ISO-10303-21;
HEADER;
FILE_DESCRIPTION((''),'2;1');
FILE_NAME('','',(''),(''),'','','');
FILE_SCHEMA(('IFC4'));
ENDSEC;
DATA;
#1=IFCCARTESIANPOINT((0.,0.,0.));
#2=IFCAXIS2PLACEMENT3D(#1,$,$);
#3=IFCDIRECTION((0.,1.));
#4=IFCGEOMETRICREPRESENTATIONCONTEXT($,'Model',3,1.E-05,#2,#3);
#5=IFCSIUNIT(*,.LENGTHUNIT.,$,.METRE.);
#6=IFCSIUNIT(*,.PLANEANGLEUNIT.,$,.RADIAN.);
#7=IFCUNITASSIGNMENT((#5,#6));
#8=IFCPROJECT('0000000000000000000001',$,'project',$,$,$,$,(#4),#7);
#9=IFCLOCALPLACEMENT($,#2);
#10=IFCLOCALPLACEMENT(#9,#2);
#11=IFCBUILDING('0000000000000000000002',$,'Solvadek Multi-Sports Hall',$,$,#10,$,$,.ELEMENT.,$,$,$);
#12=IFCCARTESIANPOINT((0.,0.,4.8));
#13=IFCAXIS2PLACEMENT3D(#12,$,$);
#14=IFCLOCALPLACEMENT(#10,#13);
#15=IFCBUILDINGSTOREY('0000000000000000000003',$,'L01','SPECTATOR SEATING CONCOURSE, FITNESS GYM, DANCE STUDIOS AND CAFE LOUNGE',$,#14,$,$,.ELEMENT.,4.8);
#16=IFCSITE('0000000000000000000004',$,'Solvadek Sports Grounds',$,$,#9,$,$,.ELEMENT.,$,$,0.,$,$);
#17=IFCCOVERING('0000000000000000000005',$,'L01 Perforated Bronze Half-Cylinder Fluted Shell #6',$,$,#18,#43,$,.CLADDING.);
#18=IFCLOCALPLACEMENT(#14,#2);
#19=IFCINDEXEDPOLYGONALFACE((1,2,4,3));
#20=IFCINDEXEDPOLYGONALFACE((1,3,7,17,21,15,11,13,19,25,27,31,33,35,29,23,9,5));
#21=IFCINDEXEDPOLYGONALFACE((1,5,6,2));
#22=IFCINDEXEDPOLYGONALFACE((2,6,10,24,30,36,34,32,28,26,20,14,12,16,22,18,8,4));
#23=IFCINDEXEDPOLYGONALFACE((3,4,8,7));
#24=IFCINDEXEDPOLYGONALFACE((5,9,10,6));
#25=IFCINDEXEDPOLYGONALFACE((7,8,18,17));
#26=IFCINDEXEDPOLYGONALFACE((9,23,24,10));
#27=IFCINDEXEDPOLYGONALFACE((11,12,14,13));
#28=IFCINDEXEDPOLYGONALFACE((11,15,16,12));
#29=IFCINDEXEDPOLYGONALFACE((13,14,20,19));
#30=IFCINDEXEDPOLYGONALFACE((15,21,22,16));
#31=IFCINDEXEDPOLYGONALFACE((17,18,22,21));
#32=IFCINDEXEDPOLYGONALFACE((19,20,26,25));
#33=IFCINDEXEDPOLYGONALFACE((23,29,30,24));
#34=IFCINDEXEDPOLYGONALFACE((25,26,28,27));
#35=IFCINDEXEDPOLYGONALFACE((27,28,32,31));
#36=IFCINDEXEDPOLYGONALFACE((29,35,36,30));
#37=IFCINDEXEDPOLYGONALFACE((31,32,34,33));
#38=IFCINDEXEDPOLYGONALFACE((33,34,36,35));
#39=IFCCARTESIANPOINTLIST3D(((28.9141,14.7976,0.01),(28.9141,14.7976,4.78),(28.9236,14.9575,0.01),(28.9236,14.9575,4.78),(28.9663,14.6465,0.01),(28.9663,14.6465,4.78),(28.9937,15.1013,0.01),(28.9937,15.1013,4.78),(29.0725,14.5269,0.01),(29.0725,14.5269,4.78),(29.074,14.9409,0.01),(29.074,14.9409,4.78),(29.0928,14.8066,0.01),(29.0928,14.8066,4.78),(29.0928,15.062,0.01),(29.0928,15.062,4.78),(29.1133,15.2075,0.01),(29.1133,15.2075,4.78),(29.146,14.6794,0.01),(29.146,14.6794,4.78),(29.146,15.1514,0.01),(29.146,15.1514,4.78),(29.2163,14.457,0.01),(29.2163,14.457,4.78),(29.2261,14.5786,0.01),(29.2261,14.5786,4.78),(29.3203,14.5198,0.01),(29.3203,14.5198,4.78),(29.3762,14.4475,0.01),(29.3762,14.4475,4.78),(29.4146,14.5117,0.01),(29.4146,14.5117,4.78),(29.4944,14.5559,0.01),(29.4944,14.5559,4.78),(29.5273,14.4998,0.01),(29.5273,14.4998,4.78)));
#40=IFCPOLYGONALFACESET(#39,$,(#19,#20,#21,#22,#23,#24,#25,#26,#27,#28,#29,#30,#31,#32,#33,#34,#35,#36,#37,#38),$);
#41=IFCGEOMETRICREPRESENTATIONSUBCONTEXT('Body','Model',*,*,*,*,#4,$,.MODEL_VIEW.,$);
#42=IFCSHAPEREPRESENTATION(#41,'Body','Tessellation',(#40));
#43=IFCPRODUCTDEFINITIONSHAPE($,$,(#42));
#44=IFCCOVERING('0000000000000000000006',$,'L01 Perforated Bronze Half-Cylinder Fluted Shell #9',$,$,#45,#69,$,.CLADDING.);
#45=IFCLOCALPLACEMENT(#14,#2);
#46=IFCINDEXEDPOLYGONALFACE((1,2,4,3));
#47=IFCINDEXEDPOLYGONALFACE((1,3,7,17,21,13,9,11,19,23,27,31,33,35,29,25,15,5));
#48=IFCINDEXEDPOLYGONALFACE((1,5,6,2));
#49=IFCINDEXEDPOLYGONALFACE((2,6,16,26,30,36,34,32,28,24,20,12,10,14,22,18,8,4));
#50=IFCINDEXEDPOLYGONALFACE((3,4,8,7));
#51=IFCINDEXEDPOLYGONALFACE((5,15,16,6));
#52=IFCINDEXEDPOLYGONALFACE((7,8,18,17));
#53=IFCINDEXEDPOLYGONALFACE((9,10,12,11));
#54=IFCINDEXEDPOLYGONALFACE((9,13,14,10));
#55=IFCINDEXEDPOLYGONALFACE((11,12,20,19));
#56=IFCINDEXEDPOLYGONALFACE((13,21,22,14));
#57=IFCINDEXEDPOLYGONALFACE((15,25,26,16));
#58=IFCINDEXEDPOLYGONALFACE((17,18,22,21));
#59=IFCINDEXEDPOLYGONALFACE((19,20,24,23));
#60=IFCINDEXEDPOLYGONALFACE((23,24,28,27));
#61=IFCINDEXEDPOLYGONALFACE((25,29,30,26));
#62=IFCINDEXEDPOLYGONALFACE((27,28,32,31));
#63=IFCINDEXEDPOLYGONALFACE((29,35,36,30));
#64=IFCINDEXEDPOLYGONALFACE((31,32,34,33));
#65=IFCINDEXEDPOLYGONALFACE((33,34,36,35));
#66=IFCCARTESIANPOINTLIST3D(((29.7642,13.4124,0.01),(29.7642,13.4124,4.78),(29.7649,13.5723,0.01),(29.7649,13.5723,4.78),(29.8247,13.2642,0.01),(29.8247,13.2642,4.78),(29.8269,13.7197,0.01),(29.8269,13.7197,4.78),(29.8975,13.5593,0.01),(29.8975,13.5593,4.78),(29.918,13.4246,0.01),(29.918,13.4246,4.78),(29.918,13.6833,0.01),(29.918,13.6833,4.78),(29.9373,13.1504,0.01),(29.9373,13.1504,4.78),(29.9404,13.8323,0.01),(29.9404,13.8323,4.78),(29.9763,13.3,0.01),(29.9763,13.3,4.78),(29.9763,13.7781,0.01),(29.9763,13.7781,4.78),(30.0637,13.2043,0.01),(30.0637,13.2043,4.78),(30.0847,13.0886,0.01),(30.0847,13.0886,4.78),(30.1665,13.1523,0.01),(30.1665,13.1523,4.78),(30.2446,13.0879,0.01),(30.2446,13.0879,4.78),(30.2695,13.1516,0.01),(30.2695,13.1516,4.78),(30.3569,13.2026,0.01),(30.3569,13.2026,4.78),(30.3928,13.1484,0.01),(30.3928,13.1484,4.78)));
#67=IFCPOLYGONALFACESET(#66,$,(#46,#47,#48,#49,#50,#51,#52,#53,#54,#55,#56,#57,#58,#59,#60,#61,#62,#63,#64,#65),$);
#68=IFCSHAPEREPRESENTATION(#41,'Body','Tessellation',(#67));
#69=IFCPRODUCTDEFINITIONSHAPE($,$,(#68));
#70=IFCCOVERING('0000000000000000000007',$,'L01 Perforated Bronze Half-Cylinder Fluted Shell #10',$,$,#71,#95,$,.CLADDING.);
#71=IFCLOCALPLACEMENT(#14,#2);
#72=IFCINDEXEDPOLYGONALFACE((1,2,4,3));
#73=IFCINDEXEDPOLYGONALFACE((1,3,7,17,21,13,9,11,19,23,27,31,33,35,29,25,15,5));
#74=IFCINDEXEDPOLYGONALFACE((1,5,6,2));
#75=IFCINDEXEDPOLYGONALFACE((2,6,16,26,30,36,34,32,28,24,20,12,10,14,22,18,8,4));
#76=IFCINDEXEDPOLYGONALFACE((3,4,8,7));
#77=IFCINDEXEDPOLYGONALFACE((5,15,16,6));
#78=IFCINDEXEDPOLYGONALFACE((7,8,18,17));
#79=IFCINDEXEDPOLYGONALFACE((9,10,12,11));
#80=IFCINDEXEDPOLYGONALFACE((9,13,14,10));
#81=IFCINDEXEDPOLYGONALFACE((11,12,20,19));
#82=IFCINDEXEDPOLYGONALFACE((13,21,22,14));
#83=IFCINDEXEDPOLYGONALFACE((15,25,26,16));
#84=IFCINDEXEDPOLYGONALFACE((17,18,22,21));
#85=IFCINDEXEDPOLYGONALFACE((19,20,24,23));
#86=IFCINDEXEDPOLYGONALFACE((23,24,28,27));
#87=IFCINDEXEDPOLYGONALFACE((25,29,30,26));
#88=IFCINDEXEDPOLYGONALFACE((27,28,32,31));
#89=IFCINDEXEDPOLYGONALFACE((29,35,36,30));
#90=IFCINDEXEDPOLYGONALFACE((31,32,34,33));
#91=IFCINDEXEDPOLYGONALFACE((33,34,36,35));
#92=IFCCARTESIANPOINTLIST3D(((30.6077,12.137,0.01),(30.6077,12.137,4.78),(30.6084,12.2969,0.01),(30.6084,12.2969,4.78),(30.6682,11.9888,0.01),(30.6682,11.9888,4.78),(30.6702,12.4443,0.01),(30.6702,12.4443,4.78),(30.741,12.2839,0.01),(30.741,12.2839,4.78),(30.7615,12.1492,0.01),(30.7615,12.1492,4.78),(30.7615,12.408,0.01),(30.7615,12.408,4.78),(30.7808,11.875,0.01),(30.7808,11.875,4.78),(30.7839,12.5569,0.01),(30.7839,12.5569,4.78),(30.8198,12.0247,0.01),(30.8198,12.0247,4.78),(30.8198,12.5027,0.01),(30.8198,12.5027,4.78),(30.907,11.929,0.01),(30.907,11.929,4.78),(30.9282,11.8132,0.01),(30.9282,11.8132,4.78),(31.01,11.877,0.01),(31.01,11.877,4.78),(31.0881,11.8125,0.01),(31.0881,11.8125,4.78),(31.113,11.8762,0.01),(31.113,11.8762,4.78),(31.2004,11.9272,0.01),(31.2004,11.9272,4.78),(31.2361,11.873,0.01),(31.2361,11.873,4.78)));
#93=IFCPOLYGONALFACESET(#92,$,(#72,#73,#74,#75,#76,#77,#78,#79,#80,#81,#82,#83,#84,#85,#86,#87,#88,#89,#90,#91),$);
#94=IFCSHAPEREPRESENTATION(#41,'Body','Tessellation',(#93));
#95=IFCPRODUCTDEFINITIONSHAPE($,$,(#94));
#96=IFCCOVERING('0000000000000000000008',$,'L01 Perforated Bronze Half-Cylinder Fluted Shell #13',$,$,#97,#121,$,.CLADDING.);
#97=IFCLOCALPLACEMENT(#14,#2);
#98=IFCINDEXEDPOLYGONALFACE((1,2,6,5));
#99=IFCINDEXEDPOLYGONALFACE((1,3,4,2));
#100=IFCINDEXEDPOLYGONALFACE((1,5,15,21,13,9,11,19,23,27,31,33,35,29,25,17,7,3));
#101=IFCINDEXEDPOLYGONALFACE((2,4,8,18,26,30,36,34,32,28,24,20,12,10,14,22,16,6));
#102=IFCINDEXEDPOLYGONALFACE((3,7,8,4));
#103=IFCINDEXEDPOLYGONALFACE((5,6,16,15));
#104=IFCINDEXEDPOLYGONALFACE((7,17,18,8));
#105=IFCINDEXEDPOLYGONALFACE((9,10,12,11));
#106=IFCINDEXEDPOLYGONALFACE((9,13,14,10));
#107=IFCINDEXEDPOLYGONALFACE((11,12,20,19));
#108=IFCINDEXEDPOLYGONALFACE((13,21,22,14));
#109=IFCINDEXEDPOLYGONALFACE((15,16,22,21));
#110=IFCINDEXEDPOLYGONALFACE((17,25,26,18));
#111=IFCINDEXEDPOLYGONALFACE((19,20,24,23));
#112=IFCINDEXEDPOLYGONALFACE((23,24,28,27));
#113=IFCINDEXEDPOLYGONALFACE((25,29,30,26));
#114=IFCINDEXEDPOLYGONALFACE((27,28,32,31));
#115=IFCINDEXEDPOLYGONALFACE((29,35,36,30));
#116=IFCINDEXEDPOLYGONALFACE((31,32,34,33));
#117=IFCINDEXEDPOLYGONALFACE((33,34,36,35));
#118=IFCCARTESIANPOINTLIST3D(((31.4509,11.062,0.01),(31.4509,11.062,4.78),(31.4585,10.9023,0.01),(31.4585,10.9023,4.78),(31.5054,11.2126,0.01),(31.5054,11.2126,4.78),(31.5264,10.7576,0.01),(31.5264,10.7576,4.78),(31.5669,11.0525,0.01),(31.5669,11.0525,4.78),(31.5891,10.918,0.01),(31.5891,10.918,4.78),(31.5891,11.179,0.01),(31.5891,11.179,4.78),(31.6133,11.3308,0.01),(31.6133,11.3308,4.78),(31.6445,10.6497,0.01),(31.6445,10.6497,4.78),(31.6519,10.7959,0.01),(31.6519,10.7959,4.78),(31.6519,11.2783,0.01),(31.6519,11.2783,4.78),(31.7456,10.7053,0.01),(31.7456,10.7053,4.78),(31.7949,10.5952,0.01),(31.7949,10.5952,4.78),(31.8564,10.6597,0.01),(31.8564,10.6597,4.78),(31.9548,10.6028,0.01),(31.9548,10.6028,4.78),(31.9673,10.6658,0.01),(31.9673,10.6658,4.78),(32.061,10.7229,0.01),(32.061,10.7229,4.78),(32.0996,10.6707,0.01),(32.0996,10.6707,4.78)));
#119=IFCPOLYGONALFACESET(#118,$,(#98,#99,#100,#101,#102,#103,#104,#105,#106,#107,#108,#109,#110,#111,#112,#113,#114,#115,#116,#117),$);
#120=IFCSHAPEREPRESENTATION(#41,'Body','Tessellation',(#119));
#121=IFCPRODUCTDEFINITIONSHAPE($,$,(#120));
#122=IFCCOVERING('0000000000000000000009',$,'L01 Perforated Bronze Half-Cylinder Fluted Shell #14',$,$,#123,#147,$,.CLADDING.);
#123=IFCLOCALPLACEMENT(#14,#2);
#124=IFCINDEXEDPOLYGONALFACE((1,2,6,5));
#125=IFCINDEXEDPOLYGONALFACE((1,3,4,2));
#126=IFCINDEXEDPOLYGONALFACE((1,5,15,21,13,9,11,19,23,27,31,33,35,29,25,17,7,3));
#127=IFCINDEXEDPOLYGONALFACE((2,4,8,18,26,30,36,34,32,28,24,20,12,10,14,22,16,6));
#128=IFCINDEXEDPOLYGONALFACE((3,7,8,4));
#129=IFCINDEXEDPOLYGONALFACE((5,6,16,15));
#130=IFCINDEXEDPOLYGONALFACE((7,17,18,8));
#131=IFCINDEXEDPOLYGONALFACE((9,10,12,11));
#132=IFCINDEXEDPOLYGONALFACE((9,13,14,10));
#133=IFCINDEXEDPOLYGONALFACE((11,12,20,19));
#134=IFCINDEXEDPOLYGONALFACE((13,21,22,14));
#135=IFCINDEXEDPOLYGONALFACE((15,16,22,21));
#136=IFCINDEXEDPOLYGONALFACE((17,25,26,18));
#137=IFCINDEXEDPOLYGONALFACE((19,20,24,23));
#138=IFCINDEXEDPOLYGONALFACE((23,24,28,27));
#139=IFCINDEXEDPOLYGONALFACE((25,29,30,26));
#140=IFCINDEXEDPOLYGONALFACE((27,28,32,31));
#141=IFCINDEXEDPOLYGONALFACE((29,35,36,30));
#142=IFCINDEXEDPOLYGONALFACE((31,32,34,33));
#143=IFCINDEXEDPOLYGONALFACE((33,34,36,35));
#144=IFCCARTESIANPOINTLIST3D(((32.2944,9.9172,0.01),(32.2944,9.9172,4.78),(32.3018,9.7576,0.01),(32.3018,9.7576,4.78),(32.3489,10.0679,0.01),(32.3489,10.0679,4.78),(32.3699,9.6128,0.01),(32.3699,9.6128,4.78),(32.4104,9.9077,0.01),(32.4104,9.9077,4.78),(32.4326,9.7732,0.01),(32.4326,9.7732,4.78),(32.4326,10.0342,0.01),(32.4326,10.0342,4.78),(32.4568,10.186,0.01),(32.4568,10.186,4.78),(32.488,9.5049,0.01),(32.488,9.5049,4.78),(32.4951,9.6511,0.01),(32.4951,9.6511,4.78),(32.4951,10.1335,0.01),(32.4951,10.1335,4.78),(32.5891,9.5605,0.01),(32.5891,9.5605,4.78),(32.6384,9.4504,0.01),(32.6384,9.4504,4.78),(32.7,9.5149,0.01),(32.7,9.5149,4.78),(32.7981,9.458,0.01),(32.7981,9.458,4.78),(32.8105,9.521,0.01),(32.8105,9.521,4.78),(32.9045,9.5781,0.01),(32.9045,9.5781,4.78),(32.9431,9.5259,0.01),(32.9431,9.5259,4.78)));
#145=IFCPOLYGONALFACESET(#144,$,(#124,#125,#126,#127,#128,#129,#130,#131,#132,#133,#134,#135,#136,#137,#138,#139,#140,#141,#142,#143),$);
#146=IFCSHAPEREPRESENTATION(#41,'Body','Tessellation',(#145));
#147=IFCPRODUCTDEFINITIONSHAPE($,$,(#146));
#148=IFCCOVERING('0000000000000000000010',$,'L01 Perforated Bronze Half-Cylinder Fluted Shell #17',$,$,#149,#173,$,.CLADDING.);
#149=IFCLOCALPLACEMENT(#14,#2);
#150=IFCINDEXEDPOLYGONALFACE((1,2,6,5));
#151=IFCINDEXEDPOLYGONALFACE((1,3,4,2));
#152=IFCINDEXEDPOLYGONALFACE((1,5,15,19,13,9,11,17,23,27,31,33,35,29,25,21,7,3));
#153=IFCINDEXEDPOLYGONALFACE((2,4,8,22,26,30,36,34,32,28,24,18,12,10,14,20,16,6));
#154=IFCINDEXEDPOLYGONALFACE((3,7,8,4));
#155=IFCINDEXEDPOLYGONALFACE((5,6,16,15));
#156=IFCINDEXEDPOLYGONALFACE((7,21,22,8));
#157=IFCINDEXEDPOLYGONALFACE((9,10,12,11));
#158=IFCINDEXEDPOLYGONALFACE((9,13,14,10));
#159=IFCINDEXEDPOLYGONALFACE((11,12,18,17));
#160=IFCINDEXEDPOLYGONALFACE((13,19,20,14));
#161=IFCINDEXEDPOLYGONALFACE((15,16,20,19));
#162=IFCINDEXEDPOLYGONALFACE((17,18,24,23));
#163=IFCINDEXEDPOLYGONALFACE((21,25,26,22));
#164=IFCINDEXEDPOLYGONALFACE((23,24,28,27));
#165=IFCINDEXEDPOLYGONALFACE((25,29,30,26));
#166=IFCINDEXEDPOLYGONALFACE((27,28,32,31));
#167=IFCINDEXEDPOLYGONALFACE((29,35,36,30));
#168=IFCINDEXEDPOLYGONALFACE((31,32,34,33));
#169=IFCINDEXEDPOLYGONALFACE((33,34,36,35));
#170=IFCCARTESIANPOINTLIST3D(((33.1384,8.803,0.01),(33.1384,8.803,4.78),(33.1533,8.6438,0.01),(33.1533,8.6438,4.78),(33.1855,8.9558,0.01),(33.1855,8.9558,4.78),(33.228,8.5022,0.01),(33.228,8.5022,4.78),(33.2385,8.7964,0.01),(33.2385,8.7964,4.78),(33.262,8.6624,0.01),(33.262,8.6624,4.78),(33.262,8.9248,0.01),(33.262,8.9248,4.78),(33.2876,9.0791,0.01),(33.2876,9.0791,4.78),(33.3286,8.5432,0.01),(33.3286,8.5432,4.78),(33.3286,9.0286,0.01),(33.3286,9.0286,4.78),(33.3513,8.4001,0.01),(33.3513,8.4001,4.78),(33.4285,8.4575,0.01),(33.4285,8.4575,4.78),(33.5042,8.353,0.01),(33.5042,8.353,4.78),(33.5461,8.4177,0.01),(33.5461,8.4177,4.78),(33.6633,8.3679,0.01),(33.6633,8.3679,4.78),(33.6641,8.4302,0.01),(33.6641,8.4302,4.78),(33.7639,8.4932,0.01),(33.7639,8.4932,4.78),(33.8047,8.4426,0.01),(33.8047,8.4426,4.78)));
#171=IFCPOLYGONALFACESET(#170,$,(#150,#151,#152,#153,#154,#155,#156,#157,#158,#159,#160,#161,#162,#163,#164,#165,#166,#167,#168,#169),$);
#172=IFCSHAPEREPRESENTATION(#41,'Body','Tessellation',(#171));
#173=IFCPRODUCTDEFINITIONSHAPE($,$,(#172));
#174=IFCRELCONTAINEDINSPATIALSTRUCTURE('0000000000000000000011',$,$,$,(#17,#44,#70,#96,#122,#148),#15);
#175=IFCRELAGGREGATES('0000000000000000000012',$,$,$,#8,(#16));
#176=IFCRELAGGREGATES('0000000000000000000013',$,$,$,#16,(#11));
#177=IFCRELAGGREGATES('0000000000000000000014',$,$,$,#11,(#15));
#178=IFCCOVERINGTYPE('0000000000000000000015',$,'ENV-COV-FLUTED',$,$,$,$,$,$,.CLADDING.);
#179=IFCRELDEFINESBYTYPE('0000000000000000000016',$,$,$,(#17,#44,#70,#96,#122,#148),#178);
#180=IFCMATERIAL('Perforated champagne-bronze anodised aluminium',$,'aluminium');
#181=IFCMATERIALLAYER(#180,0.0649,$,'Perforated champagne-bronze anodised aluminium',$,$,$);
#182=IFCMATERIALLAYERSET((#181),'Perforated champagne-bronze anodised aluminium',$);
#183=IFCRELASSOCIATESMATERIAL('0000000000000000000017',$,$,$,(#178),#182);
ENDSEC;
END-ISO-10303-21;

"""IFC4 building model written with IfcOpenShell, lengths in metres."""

from ifc_helpers import new_model, si_unit, direction, frame, origin, place, context, subcontext, project, spatial, polyline, outline, extrude, material, layer, layer_set, type_object, element, save


model = new_model("IFC4")

# Units and contexts
model_context = context("Model", 3, precision=1e-05, world=origin(), true_north=direction((0.0, 1.0)))
body_context = subcontext(model_context, "Body", "Model", "MODEL_VIEW")
ifc_project = project(units=[si_unit("LENGTHUNIT", "METRE"), si_unit("PLANEANGLEUNIT", "RADIAN")], contexts=[model_context])

# Site, building, storey
site_placement = place(None, origin())
site = spatial("IfcSite", under=ifc_project, at=site_placement, Name="Solvadek Sports Grounds", CompositionType="ELEMENT", RefElevation=0.0)
building_placement = place(site_placement, origin())
building = spatial("IfcBuilding", under=site, at=building_placement, Name="Solvadek Multi-Sports Hall", CompositionType="ELEMENT")
storey_placement = place(building_placement, frame((0.0, 0.0, 4.8)))
storey = spatial("IfcBuildingStorey", under=building, at=storey_placement, Name="L01", Description="SPECTATOR SEATING CONCOURSE, FITNESS GYM, DANCE STUDIOS AND CAFE LOUNGE", CompositionType="ELEMENT", Elevation=4.8)

# Coverings
ifc_material = material(Name="Perforated champagne-bronze anodised aluminium", Category="aluminium")
ifc_layer = layer(ifc_material, 0.0649, Name="Perforated champagne-bronze anodised aluminium")
ifc_layer_set = layer_set([ifc_layer], Name="Perforated champagne-bronze anodised aluminium")
covering_type = type_object("IfcCoveringType", Name="ENV-COV-FLUTED", PredefinedType="CLADDING", material=ifc_layer_set)
covering_1_placement = place(storey_placement, frame((0.0, 0.0, 0.01)))
element("IfcCovering", 1, at=covering_1_placement, inside=storey, type_object=covering_type, Name="L01 Perforated Bronze Half-Cylinder Fluted Shell #6", PredefinedType="CLADDING", context=body_context, shape_type="SweptSolid", body=[
    extrude(outline(polyline([(29.5273, 14.4998), (29.3762, 14.4475), (29.2163, 14.457), (29.0725, 14.5269), (28.9663, 14.6465), (28.9141, 14.7976), (28.9236, 14.9575), (28.9937, 15.1013), (29.1133, 15.2075), (29.146, 15.1514), (29.0928, 15.062), (29.074, 14.9409), (29.0928, 14.8066), (29.146, 14.6794), (29.2261, 14.5786), (29.3203, 14.5198), (29.4146, 14.5117), (29.4944, 14.5559), (29.5273, 14.4998)])), origin(), (0.0, 0.0, 1.0), 4.77),
])
covering_2_placement = place(storey_placement, frame((0.0, 0.0, 0.01)))
element("IfcCovering", 2, at=covering_2_placement, inside=storey, type_object=covering_type, Name="L01 Perforated Bronze Half-Cylinder Fluted Shell #9", PredefinedType="CLADDING", context=body_context, shape_type="SweptSolid", body=[
    extrude(outline(polyline([(30.3928, 13.1484), (30.2446, 13.0879), (30.0847, 13.0886), (29.9373, 13.1504), (29.8247, 13.2642), (29.7642, 13.4124), (29.7649, 13.5723), (29.8269, 13.7197), (29.9404, 13.8323), (29.9763, 13.7781), (29.918, 13.6833), (29.8975, 13.5593), (29.918, 13.4246), (29.9763, 13.3), (30.0637, 13.2043), (30.1665, 13.1523), (30.2695, 13.1516), (30.3569, 13.2026), (30.3928, 13.1484)])), origin(), (0.0, 0.0, 1.0), 4.77),
])
covering_3_placement = place(storey_placement, frame((0.0, 0.0, 0.01)))
element("IfcCovering", 3, at=covering_3_placement, inside=storey, type_object=covering_type, Name="L01 Perforated Bronze Half-Cylinder Fluted Shell #10", PredefinedType="CLADDING", context=body_context, shape_type="SweptSolid", body=[
    extrude(outline(polyline([(31.2361, 11.873), (31.0881, 11.8125), (30.9282, 11.8132), (30.7808, 11.875), (30.6682, 11.9888), (30.6077, 12.137), (30.6084, 12.2969), (30.6702, 12.4443), (30.7839, 12.5569), (30.8198, 12.5027), (30.7615, 12.408), (30.741, 12.2839), (30.7615, 12.1492), (30.8198, 12.0247), (30.907, 11.929), (31.01, 11.877), (31.113, 11.8762), (31.2004, 11.9272), (31.2361, 11.873)])), origin(), (0.0, 0.0, 1.0), 4.77),
])
covering_4_placement = place(storey_placement, frame((0.0, 0.0, 0.01)))
element("IfcCovering", 4, at=covering_4_placement, inside=storey, type_object=covering_type, Name="L01 Perforated Bronze Half-Cylinder Fluted Shell #13", PredefinedType="CLADDING", context=body_context, shape_type="SweptSolid", body=[
    extrude(outline(polyline([(32.0996, 10.6707), (31.9548, 10.6028), (31.7949, 10.5952), (31.6445, 10.6497), (31.5264, 10.7576), (31.4585, 10.9023), (31.4509, 11.062), (31.5054, 11.2126), (31.6133, 11.3308), (31.6519, 11.2783), (31.5891, 11.179), (31.5669, 11.0525), (31.5891, 10.918), (31.6519, 10.7959), (31.7456, 10.7053), (31.8564, 10.6597), (31.9673, 10.6658), (32.061, 10.7229), (32.0996, 10.6707)])), origin(), (0.0, 0.0, 1.0), 4.77),
])
covering_5_placement = place(storey_placement, frame((0.0, 0.0, 0.01)))
element("IfcCovering", 5, at=covering_5_placement, inside=storey, type_object=covering_type, Name="L01 Perforated Bronze Half-Cylinder Fluted Shell #14", PredefinedType="CLADDING", context=body_context, shape_type="SweptSolid", body=[
    extrude(outline(polyline([(32.9431, 9.5259), (32.7981, 9.458), (32.6384, 9.4504), (32.488, 9.5049), (32.3699, 9.6128), (32.3018, 9.7576), (32.2944, 9.9172), (32.3489, 10.0679), (32.4568, 10.186), (32.4951, 10.1335), (32.4326, 10.0342), (32.4104, 9.9077), (32.4326, 9.7732), (32.4951, 9.6511), (32.5891, 9.5605), (32.7, 9.5149), (32.8105, 9.521), (32.9045, 9.5781), (32.9431, 9.5259)])), origin(), (0.0, 0.0, 1.0), 4.77),
])
covering_6_placement = place(storey_placement, frame((0.0, 0.0, 0.01)))
element("IfcCovering", 6, at=covering_6_placement, inside=storey, type_object=covering_type, Name="L01 Perforated Bronze Half-Cylinder Fluted Shell #17", PredefinedType="CLADDING", context=body_context, shape_type="SweptSolid", body=[
    extrude(outline(polyline([(33.8047, 8.4426), (33.6633, 8.3679), (33.5042, 8.353), (33.3513, 8.4001), (33.228, 8.5022), (33.1533, 8.6438), (33.1384, 8.803), (33.1855, 8.9558), (33.2876, 9.0791), (33.3286, 9.0286), (33.262, 8.9248), (33.2385, 8.7964), (33.262, 8.6624), (33.3286, 8.5432), (33.4285, 8.4575), (33.5461, 8.4177), (33.6641, 8.4302), (33.7639, 8.4932), (33.8047, 8.4426)])), origin(), (0.0, 0.0, 1.0), 4.77),
])

save(model, "model.ifc")
